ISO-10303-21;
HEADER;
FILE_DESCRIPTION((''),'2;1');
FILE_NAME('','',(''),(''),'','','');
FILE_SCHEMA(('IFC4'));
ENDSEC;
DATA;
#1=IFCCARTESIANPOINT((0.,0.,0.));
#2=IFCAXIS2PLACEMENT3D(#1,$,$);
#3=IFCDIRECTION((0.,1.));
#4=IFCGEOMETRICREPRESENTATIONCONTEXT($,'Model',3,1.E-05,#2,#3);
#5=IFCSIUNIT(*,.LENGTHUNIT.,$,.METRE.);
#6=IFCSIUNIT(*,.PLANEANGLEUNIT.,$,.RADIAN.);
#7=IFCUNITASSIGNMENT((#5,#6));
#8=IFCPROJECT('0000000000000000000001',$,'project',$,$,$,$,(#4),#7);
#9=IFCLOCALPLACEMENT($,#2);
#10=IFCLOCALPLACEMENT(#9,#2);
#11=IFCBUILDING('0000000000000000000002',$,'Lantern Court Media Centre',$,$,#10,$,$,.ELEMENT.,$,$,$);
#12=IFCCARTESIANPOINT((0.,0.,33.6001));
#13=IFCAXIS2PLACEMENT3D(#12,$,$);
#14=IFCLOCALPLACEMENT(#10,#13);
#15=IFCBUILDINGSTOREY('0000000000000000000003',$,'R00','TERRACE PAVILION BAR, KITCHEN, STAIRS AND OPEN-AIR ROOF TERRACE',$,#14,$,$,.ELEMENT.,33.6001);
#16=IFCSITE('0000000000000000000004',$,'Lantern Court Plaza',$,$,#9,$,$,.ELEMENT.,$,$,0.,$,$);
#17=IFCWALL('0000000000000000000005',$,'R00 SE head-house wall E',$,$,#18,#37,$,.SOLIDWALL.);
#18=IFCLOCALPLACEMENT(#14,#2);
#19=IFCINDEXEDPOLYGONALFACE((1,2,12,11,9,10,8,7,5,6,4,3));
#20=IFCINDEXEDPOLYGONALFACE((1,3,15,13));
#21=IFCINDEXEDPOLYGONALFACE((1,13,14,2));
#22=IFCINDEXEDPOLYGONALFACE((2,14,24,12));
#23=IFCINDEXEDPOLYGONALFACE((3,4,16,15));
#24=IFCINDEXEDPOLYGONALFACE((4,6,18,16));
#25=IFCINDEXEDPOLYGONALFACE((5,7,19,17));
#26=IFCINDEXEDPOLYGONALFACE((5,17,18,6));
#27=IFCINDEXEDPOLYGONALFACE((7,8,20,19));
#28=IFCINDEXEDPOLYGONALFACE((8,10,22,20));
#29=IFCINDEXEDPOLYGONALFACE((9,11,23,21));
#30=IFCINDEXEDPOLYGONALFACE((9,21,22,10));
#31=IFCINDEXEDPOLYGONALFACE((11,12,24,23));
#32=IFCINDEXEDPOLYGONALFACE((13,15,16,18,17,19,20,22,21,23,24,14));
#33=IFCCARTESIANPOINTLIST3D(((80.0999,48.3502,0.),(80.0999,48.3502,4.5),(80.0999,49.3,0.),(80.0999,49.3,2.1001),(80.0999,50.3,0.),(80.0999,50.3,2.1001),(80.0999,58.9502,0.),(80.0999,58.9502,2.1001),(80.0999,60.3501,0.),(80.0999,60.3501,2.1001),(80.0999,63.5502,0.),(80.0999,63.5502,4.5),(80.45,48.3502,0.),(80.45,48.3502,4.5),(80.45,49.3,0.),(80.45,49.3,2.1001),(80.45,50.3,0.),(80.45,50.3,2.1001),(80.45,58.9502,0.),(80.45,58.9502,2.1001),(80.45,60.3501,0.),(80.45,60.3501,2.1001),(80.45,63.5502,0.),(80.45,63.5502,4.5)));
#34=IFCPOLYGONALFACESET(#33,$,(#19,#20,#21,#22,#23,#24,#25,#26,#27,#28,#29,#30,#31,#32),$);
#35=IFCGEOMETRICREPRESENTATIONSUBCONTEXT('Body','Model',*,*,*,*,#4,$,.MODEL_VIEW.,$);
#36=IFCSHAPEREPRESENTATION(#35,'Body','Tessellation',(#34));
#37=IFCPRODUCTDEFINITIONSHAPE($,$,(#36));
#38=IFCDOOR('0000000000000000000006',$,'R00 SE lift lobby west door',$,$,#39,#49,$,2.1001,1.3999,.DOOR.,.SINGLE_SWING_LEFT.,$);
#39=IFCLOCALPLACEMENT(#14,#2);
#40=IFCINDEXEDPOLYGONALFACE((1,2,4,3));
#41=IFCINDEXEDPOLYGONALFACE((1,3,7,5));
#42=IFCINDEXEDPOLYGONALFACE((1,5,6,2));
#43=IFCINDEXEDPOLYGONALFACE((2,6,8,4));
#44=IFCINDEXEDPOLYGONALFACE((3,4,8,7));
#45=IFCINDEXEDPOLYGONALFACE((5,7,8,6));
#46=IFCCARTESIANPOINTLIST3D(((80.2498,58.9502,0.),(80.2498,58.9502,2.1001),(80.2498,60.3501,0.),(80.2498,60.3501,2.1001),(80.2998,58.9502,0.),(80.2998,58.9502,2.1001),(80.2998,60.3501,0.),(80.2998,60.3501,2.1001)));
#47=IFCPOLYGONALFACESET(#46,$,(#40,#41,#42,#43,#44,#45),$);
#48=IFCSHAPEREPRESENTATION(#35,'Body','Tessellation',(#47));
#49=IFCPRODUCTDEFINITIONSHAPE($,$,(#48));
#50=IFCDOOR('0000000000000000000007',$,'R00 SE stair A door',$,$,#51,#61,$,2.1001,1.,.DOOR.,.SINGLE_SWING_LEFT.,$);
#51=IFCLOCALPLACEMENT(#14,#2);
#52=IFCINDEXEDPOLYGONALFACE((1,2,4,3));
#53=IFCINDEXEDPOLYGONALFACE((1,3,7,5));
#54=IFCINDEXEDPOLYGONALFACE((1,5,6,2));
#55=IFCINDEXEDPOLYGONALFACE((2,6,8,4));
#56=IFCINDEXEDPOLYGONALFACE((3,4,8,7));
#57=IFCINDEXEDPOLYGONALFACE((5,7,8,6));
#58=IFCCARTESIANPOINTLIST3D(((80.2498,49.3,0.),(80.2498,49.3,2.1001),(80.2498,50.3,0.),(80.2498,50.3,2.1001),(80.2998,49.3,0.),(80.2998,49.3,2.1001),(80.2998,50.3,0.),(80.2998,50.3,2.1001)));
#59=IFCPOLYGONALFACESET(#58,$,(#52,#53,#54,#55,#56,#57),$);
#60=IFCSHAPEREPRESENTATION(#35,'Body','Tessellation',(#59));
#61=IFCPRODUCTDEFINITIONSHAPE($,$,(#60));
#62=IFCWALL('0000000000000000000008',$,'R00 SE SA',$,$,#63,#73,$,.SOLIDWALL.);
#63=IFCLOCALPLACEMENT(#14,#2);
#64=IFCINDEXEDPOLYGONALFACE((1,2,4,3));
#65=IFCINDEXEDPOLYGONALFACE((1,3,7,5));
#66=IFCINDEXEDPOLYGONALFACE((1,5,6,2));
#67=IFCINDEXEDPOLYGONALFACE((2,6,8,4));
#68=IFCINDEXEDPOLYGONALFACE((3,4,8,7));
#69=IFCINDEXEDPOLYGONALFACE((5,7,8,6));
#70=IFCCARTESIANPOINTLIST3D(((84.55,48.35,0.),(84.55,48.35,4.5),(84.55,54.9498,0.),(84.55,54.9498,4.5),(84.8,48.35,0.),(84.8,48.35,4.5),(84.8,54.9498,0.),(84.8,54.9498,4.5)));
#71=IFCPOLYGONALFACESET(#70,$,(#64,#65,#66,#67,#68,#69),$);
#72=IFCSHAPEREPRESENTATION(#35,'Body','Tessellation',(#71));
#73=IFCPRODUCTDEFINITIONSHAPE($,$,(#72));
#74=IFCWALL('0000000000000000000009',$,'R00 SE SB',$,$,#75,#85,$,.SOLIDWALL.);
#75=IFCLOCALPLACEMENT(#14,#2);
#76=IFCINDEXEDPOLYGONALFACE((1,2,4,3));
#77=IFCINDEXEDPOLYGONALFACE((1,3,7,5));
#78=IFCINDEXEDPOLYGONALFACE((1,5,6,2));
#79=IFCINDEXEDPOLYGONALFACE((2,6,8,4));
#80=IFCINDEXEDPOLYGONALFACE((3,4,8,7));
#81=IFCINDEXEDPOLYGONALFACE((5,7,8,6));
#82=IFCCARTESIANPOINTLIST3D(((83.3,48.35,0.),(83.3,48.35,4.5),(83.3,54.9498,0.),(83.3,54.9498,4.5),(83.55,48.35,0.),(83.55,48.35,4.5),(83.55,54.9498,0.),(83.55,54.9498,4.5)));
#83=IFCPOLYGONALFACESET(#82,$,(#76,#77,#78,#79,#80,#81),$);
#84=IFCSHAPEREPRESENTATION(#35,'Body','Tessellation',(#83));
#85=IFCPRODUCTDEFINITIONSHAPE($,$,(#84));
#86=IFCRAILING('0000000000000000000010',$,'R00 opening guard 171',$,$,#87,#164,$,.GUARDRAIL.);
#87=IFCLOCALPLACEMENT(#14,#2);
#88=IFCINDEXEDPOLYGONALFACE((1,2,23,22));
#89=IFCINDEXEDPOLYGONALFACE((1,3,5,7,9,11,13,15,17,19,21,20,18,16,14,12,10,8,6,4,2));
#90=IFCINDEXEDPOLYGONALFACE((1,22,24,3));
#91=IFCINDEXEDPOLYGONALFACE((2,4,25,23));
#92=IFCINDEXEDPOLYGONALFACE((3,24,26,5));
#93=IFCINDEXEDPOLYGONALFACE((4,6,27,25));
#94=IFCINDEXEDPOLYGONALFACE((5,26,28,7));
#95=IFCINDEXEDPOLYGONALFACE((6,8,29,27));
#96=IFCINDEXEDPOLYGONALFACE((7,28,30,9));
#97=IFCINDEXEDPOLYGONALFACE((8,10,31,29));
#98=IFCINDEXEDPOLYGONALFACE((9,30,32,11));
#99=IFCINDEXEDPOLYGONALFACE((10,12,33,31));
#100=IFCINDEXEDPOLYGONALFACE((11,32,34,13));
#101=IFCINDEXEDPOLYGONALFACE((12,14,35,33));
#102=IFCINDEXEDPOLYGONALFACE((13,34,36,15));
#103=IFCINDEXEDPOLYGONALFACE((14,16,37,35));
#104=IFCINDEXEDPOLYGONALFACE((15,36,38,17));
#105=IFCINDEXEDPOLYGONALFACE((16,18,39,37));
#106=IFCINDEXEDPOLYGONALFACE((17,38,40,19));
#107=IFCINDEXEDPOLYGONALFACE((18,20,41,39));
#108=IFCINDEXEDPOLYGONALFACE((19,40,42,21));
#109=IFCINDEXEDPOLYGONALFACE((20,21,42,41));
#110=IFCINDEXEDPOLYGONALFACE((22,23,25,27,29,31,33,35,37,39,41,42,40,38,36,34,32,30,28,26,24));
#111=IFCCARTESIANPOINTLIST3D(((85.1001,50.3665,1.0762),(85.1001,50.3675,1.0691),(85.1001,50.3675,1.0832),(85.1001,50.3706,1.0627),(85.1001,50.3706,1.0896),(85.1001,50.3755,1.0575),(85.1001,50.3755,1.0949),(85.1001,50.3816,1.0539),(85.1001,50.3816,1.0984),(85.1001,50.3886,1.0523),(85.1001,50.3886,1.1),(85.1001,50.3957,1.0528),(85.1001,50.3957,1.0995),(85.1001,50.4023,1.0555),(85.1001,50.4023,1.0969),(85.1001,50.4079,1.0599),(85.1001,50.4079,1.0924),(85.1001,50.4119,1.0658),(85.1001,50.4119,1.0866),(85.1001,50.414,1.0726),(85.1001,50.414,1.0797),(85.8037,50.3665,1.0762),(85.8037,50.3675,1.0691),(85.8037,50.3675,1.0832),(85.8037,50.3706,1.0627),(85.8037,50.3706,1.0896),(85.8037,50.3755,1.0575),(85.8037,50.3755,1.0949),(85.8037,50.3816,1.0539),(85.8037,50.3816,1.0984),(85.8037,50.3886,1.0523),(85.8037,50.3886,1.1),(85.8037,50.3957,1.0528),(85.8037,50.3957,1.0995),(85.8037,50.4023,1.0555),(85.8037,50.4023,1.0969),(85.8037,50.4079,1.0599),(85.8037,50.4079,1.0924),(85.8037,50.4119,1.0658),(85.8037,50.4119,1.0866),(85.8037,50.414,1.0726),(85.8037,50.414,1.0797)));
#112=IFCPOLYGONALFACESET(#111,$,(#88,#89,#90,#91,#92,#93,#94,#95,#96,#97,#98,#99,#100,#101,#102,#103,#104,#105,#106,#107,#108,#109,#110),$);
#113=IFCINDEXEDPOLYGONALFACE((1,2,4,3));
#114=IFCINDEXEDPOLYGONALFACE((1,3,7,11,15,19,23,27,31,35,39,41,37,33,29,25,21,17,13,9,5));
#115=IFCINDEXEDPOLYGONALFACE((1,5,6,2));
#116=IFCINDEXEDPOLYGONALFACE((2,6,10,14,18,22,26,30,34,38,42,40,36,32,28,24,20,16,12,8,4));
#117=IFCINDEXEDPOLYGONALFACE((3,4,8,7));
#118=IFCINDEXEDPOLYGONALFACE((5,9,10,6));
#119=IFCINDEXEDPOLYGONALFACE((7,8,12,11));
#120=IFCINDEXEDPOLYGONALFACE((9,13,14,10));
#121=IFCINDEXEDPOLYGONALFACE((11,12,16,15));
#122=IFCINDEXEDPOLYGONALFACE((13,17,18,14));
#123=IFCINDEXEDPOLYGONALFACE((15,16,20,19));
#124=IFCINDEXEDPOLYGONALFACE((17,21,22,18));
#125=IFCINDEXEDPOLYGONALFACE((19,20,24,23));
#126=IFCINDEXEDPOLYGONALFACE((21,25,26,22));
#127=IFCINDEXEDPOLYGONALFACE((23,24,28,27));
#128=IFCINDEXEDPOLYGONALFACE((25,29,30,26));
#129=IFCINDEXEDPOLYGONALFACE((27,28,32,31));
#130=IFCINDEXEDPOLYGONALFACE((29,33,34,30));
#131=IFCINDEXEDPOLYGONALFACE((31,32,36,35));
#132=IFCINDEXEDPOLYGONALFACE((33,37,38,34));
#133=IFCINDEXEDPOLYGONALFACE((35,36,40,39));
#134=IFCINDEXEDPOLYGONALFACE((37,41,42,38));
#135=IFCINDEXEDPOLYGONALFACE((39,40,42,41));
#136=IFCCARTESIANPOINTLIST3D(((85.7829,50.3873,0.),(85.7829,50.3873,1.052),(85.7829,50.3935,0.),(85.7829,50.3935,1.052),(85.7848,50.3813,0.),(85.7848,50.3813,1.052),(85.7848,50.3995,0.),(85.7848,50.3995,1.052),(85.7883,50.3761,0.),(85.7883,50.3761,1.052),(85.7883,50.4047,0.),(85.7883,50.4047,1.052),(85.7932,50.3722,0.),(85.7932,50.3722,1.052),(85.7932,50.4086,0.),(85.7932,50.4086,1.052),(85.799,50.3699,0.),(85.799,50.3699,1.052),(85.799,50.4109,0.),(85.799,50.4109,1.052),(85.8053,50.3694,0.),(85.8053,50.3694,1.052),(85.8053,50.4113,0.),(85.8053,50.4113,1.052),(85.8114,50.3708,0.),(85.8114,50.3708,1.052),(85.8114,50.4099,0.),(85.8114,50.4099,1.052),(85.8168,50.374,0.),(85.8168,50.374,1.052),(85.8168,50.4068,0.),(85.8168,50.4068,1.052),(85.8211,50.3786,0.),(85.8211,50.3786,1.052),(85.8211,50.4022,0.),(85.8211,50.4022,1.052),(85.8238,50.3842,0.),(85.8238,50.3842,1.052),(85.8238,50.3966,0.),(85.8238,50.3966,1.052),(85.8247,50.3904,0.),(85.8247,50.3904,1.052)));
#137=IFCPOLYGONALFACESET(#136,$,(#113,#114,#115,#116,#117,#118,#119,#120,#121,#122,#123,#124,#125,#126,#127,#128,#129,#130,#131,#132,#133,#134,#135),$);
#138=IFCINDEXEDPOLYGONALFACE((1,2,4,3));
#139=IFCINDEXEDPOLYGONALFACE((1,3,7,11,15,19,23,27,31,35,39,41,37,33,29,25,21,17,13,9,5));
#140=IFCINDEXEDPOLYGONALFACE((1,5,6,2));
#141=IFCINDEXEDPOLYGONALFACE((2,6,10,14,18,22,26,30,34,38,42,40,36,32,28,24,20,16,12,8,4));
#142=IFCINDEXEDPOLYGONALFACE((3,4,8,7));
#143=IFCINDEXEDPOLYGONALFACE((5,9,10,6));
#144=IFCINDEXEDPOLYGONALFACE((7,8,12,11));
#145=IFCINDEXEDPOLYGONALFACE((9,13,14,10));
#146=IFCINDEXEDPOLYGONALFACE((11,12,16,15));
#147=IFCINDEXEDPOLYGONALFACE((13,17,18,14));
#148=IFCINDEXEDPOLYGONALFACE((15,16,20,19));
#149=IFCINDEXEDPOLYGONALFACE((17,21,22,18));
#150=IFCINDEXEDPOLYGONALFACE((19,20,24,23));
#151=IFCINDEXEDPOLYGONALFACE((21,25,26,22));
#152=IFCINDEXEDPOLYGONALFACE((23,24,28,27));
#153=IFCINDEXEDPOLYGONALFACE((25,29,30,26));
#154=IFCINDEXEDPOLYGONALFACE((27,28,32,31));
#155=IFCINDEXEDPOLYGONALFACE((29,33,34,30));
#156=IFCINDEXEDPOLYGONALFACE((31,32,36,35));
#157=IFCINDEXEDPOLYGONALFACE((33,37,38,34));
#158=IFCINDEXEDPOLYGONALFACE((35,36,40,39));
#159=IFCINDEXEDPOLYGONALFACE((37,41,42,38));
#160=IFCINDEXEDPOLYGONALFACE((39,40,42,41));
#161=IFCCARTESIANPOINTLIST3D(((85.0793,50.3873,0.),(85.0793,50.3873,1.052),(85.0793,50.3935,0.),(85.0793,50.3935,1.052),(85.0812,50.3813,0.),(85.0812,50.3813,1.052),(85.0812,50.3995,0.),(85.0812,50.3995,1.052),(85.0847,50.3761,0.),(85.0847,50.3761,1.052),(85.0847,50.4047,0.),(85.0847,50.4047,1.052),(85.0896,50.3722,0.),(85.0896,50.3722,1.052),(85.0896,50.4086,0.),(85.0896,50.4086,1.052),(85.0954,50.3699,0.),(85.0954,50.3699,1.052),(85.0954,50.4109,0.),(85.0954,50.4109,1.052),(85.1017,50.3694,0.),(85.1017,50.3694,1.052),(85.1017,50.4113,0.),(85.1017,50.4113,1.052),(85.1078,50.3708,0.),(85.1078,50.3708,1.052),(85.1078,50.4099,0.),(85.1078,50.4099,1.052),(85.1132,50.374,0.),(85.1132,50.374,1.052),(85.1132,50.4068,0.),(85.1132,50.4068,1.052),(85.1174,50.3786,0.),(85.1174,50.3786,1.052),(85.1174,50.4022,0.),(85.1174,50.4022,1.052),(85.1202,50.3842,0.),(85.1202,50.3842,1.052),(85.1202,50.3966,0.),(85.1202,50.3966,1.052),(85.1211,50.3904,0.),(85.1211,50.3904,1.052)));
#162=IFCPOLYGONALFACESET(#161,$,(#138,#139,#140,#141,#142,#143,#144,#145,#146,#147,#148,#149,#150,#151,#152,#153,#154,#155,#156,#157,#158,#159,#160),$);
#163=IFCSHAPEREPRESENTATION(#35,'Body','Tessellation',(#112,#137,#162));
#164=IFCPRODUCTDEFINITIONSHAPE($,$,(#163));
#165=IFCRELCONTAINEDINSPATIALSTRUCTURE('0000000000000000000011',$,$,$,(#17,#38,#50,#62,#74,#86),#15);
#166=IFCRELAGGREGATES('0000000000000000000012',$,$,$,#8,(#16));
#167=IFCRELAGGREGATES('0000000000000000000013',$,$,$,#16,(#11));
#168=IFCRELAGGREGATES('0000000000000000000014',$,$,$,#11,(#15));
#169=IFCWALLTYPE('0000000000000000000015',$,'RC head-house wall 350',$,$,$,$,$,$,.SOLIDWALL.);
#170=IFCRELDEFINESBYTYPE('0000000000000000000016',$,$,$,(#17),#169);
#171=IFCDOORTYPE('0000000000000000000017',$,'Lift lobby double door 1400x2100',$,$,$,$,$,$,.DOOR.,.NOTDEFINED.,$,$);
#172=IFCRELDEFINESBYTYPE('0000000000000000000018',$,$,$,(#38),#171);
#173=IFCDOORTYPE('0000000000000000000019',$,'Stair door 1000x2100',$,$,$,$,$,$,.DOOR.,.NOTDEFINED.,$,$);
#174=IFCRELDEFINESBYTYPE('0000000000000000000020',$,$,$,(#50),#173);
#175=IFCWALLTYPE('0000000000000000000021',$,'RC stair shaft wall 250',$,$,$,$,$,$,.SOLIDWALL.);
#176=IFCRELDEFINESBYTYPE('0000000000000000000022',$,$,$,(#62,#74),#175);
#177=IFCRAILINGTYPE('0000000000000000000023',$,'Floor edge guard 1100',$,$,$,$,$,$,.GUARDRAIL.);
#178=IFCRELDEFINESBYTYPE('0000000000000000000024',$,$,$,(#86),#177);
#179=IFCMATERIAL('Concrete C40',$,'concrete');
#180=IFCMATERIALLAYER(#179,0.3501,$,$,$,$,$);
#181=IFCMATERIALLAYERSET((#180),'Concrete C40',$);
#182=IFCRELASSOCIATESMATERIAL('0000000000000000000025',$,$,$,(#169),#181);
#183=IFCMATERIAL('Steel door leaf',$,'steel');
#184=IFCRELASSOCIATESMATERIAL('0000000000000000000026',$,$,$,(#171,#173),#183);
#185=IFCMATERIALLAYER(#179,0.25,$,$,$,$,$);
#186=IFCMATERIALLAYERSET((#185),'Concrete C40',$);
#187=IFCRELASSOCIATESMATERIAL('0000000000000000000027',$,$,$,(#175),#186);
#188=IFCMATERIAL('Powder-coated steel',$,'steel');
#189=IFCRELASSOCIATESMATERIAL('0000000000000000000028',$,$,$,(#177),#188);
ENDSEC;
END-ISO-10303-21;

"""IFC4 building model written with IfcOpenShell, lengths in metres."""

from ifc_helpers import new_model, si_unit, direction, frame, frame_2d, origin, origin_2d, place, context, subcontext, project, spatial, rectangle, circle, extrude, material, layer, layer_set, type_object, element, fill, save


model = new_model("IFC4")

# Units and contexts
model_context = context("Model", 3, precision=1e-05, world=origin(), true_north=direction((0.0, 1.0)))
body_context = subcontext(model_context, "Body", "Model", "MODEL_VIEW")
ifc_project = project(units=[si_unit("LENGTHUNIT", "METRE"), si_unit("PLANEANGLEUNIT", "RADIAN")], contexts=[model_context])

# Site, building, storey
site_placement = place(None, origin())
site = spatial("IfcSite", under=ifc_project, at=site_placement, Name="Lantern Court Plaza", CompositionType="ELEMENT", RefElevation=0.0)
building_placement = place(site_placement, origin())
building = spatial("IfcBuilding", under=site, at=building_placement, Name="Lantern Court Media Centre", CompositionType="ELEMENT")
storey_placement = place(building_placement, frame((0.0, 0.0, 33.6001)))
storey = spatial("IfcBuildingStorey", under=building, at=storey_placement, Name="R00", Description="TERRACE PAVILION BAR, KITCHEN, STAIRS AND OPEN-AIR ROOF TERRACE", CompositionType="ELEMENT", Elevation=33.6001)

# Wall, openings, doors
ifc_material_1 = material(Name="Concrete C40", Category="concrete")
ifc_layer_1 = layer(ifc_material_1, 0.3501)
ifc_layer_set_1 = layer_set([ifc_layer_1], Name="Concrete C40")
wall_type_1 = type_object("IfcWallType", Name="RC head-house wall 350", PredefinedType="SOLIDWALL", material=ifc_layer_set_1)
wall_placement = place(storey_placement, frame((80.2749, 48.3501, 0.0), z_axis=(0.0, 0.0, 1.0), x_axis=(0.0, 1.0, 0.0)))
wall = element("IfcWall", 1, at=wall_placement, inside=storey, type_object=wall_type_1, Name="R00 SE head-house wall E", PredefinedType="SOLIDWALL", context=body_context, shape_type="SweptSolid", body=[
    extrude(rectangle(XDim=15.2, YDim=0.3501, at=frame_2d((7.6001, 0.0))), origin(), (0.0, 0.0, 1.0), 4.5),
])
opening_1_placement = place(wall_placement, frame((0.95, 0.0, 0.0)))
opening_1 = element("IfcOpeningElement", 2, at=opening_1_placement, cuts=wall, PredefinedType="OPENING", context=body_context, shape_type="SweptSolid", body=[
    extrude(rectangle(XDim=1.0, YDim=2.1001, at=frame_2d((0.5, 1.05))), frame((0.0, 0.1851, 0.0), z_axis=(0.0, -1.0, 0.0), x_axis=(1.0, 0.0, 0.0)), (0.0, 0.0, 1.0), 0.3701),
])
opening_2_placement = place(wall_placement, frame((10.6001, 0.0, 0.0)))
opening_2 = element("IfcOpeningElement", 3, at=opening_2_placement, cuts=wall, PredefinedType="OPENING", context=body_context, shape_type="SweptSolid", body=[
    extrude(rectangle(XDim=1.3999, YDim=2.1001, at=frame_2d((0.7, 1.05))), frame((0.0, 0.1851, 0.0), z_axis=(0.0, -1.0, 0.0), x_axis=(1.0, 0.0, 0.0)), (0.0, 0.0, 1.0), 0.3701),
])
ifc_material_2 = material(Name="Steel door leaf", Category="steel")
door_type_1 = type_object("IfcDoorType", Name="Lift lobby double door 1400x2100", OperationType="NOTDEFINED", PredefinedType="DOOR", material=ifc_material_2)
door_1_placement = place(opening_2_placement, frame((1.3999, 0.0, 0.0), z_axis=(0.0, 0.0, 1.0), x_axis=(-1.0, 0.0, 0.0)))
door_1 = element("IfcDoor", 4, at=door_1_placement, inside=storey, type_object=door_type_1, Name="R00 SE lift lobby west door", OperationType="SINGLE_SWING_LEFT", OverallHeight=2.1001, OverallWidth=1.3999, PredefinedType="DOOR", context=body_context, shape_type="SweptSolid", body=[
    extrude(rectangle(XDim=1.3999, YDim=2.1001, at=frame_2d((0.7, 1.05))), frame((0.0, 0.0249, 0.0), z_axis=(0.0, -1.0, 0.0), x_axis=(1.0, 0.0, 0.0)), (0.0, 0.0, 1.0), 0.05),
])
fill(opening_2, door_1)
door_type_2 = type_object("IfcDoorType", Name="Stair door 1000x2100", OperationType="NOTDEFINED", PredefinedType="DOOR", material=ifc_material_2)
door_2_placement = place(opening_1_placement, frame((1.0, 0.0, 0.0), z_axis=(0.0, 0.0, 1.0), x_axis=(-1.0, 0.0, 0.0)))
door_2 = element("IfcDoor", 5, at=door_2_placement, inside=storey, type_object=door_type_2, Name="R00 SE stair A door", OperationType="SINGLE_SWING_LEFT", OverallHeight=2.1001, OverallWidth=1.0, PredefinedType="DOOR", context=body_context, shape_type="SweptSolid", body=[
    extrude(rectangle(XDim=1.0, YDim=2.1001, at=frame_2d((0.5, 1.05))), frame((0.0, 0.0249, 0.0), z_axis=(0.0, -1.0, 0.0), x_axis=(1.0, 0.0, 0.0)), (0.0, 0.0, 1.0), 0.05),
])
fill(opening_1, door_2)

# Walls
ifc_layer_2 = layer(ifc_material_1, 0.25)
ifc_layer_set_2 = layer_set([ifc_layer_2], Name="Concrete C40")
wall_type_2 = type_object("IfcWallType", Name="RC stair shaft wall 250", PredefinedType="SOLIDWALL", material=ifc_layer_set_2)
for number, where, z_axis, x_axis, name in (
    (6, (84.675, 48.3501, 0.0), (0.0, 0.0, 1.0), (0.0, 1.0, 0.0), "R00 SE SA"),
    (7, (83.425, 48.3501, 0.0), (0.0, 0.0, 1.0), (0.0, 1.0, 0.0), "R00 SE SB"),
):
    element("IfcWall", number, at=place(storey_placement, frame(where, z_axis=z_axis, x_axis=x_axis)), inside=storey, type_object=wall_type_2, Name=name, PredefinedType="SOLIDWALL", context=body_context, shape_type="SweptSolid", body=[
        extrude(rectangle(XDim=6.5999, YDim=0.25, at=frame_2d((3.2998, 0.0))), origin(), (0.0, 0.0, 1.0), 4.5),
    ])

# Railing
ifc_material_3 = material(Name="Powder-coated steel", Category="steel")
railing_type_1 = type_object("IfcRailingType", Name="Floor edge guard 1100", PredefinedType="GUARDRAIL", material=ifc_material_3)
for number, where, name in (
    (8, (85.8037, 50.3904, 0.0), "R00 opening guard 171"),
):
    element("IfcRailing", number, at=place(storey_placement, frame(where)), inside=storey, type_object=railing_type_1, Name=name, PredefinedType="GUARDRAIL", context=body_context, shape_type="SweptSolid", body=[
        extrude(circle(Radius=0.0239, at=origin_2d()), frame((0.0, 0.0, 1.0762), z_axis=(-1.0, 0.0, 0.0), x_axis=(0.0, -1.0, 0.0)), (0.0, 0.0, 1.0), 0.7036),
        extrude(circle(Radius=0.021, at=origin_2d()), origin(), (0.0, 0.0, 1.0), 1.052),
        extrude(circle(Radius=0.021, at=origin_2d()), frame((-0.7036, 0.0, 0.0)), (0.0, 0.0, 1.0), 1.052),
    ])

save(model, "model.ifc")
